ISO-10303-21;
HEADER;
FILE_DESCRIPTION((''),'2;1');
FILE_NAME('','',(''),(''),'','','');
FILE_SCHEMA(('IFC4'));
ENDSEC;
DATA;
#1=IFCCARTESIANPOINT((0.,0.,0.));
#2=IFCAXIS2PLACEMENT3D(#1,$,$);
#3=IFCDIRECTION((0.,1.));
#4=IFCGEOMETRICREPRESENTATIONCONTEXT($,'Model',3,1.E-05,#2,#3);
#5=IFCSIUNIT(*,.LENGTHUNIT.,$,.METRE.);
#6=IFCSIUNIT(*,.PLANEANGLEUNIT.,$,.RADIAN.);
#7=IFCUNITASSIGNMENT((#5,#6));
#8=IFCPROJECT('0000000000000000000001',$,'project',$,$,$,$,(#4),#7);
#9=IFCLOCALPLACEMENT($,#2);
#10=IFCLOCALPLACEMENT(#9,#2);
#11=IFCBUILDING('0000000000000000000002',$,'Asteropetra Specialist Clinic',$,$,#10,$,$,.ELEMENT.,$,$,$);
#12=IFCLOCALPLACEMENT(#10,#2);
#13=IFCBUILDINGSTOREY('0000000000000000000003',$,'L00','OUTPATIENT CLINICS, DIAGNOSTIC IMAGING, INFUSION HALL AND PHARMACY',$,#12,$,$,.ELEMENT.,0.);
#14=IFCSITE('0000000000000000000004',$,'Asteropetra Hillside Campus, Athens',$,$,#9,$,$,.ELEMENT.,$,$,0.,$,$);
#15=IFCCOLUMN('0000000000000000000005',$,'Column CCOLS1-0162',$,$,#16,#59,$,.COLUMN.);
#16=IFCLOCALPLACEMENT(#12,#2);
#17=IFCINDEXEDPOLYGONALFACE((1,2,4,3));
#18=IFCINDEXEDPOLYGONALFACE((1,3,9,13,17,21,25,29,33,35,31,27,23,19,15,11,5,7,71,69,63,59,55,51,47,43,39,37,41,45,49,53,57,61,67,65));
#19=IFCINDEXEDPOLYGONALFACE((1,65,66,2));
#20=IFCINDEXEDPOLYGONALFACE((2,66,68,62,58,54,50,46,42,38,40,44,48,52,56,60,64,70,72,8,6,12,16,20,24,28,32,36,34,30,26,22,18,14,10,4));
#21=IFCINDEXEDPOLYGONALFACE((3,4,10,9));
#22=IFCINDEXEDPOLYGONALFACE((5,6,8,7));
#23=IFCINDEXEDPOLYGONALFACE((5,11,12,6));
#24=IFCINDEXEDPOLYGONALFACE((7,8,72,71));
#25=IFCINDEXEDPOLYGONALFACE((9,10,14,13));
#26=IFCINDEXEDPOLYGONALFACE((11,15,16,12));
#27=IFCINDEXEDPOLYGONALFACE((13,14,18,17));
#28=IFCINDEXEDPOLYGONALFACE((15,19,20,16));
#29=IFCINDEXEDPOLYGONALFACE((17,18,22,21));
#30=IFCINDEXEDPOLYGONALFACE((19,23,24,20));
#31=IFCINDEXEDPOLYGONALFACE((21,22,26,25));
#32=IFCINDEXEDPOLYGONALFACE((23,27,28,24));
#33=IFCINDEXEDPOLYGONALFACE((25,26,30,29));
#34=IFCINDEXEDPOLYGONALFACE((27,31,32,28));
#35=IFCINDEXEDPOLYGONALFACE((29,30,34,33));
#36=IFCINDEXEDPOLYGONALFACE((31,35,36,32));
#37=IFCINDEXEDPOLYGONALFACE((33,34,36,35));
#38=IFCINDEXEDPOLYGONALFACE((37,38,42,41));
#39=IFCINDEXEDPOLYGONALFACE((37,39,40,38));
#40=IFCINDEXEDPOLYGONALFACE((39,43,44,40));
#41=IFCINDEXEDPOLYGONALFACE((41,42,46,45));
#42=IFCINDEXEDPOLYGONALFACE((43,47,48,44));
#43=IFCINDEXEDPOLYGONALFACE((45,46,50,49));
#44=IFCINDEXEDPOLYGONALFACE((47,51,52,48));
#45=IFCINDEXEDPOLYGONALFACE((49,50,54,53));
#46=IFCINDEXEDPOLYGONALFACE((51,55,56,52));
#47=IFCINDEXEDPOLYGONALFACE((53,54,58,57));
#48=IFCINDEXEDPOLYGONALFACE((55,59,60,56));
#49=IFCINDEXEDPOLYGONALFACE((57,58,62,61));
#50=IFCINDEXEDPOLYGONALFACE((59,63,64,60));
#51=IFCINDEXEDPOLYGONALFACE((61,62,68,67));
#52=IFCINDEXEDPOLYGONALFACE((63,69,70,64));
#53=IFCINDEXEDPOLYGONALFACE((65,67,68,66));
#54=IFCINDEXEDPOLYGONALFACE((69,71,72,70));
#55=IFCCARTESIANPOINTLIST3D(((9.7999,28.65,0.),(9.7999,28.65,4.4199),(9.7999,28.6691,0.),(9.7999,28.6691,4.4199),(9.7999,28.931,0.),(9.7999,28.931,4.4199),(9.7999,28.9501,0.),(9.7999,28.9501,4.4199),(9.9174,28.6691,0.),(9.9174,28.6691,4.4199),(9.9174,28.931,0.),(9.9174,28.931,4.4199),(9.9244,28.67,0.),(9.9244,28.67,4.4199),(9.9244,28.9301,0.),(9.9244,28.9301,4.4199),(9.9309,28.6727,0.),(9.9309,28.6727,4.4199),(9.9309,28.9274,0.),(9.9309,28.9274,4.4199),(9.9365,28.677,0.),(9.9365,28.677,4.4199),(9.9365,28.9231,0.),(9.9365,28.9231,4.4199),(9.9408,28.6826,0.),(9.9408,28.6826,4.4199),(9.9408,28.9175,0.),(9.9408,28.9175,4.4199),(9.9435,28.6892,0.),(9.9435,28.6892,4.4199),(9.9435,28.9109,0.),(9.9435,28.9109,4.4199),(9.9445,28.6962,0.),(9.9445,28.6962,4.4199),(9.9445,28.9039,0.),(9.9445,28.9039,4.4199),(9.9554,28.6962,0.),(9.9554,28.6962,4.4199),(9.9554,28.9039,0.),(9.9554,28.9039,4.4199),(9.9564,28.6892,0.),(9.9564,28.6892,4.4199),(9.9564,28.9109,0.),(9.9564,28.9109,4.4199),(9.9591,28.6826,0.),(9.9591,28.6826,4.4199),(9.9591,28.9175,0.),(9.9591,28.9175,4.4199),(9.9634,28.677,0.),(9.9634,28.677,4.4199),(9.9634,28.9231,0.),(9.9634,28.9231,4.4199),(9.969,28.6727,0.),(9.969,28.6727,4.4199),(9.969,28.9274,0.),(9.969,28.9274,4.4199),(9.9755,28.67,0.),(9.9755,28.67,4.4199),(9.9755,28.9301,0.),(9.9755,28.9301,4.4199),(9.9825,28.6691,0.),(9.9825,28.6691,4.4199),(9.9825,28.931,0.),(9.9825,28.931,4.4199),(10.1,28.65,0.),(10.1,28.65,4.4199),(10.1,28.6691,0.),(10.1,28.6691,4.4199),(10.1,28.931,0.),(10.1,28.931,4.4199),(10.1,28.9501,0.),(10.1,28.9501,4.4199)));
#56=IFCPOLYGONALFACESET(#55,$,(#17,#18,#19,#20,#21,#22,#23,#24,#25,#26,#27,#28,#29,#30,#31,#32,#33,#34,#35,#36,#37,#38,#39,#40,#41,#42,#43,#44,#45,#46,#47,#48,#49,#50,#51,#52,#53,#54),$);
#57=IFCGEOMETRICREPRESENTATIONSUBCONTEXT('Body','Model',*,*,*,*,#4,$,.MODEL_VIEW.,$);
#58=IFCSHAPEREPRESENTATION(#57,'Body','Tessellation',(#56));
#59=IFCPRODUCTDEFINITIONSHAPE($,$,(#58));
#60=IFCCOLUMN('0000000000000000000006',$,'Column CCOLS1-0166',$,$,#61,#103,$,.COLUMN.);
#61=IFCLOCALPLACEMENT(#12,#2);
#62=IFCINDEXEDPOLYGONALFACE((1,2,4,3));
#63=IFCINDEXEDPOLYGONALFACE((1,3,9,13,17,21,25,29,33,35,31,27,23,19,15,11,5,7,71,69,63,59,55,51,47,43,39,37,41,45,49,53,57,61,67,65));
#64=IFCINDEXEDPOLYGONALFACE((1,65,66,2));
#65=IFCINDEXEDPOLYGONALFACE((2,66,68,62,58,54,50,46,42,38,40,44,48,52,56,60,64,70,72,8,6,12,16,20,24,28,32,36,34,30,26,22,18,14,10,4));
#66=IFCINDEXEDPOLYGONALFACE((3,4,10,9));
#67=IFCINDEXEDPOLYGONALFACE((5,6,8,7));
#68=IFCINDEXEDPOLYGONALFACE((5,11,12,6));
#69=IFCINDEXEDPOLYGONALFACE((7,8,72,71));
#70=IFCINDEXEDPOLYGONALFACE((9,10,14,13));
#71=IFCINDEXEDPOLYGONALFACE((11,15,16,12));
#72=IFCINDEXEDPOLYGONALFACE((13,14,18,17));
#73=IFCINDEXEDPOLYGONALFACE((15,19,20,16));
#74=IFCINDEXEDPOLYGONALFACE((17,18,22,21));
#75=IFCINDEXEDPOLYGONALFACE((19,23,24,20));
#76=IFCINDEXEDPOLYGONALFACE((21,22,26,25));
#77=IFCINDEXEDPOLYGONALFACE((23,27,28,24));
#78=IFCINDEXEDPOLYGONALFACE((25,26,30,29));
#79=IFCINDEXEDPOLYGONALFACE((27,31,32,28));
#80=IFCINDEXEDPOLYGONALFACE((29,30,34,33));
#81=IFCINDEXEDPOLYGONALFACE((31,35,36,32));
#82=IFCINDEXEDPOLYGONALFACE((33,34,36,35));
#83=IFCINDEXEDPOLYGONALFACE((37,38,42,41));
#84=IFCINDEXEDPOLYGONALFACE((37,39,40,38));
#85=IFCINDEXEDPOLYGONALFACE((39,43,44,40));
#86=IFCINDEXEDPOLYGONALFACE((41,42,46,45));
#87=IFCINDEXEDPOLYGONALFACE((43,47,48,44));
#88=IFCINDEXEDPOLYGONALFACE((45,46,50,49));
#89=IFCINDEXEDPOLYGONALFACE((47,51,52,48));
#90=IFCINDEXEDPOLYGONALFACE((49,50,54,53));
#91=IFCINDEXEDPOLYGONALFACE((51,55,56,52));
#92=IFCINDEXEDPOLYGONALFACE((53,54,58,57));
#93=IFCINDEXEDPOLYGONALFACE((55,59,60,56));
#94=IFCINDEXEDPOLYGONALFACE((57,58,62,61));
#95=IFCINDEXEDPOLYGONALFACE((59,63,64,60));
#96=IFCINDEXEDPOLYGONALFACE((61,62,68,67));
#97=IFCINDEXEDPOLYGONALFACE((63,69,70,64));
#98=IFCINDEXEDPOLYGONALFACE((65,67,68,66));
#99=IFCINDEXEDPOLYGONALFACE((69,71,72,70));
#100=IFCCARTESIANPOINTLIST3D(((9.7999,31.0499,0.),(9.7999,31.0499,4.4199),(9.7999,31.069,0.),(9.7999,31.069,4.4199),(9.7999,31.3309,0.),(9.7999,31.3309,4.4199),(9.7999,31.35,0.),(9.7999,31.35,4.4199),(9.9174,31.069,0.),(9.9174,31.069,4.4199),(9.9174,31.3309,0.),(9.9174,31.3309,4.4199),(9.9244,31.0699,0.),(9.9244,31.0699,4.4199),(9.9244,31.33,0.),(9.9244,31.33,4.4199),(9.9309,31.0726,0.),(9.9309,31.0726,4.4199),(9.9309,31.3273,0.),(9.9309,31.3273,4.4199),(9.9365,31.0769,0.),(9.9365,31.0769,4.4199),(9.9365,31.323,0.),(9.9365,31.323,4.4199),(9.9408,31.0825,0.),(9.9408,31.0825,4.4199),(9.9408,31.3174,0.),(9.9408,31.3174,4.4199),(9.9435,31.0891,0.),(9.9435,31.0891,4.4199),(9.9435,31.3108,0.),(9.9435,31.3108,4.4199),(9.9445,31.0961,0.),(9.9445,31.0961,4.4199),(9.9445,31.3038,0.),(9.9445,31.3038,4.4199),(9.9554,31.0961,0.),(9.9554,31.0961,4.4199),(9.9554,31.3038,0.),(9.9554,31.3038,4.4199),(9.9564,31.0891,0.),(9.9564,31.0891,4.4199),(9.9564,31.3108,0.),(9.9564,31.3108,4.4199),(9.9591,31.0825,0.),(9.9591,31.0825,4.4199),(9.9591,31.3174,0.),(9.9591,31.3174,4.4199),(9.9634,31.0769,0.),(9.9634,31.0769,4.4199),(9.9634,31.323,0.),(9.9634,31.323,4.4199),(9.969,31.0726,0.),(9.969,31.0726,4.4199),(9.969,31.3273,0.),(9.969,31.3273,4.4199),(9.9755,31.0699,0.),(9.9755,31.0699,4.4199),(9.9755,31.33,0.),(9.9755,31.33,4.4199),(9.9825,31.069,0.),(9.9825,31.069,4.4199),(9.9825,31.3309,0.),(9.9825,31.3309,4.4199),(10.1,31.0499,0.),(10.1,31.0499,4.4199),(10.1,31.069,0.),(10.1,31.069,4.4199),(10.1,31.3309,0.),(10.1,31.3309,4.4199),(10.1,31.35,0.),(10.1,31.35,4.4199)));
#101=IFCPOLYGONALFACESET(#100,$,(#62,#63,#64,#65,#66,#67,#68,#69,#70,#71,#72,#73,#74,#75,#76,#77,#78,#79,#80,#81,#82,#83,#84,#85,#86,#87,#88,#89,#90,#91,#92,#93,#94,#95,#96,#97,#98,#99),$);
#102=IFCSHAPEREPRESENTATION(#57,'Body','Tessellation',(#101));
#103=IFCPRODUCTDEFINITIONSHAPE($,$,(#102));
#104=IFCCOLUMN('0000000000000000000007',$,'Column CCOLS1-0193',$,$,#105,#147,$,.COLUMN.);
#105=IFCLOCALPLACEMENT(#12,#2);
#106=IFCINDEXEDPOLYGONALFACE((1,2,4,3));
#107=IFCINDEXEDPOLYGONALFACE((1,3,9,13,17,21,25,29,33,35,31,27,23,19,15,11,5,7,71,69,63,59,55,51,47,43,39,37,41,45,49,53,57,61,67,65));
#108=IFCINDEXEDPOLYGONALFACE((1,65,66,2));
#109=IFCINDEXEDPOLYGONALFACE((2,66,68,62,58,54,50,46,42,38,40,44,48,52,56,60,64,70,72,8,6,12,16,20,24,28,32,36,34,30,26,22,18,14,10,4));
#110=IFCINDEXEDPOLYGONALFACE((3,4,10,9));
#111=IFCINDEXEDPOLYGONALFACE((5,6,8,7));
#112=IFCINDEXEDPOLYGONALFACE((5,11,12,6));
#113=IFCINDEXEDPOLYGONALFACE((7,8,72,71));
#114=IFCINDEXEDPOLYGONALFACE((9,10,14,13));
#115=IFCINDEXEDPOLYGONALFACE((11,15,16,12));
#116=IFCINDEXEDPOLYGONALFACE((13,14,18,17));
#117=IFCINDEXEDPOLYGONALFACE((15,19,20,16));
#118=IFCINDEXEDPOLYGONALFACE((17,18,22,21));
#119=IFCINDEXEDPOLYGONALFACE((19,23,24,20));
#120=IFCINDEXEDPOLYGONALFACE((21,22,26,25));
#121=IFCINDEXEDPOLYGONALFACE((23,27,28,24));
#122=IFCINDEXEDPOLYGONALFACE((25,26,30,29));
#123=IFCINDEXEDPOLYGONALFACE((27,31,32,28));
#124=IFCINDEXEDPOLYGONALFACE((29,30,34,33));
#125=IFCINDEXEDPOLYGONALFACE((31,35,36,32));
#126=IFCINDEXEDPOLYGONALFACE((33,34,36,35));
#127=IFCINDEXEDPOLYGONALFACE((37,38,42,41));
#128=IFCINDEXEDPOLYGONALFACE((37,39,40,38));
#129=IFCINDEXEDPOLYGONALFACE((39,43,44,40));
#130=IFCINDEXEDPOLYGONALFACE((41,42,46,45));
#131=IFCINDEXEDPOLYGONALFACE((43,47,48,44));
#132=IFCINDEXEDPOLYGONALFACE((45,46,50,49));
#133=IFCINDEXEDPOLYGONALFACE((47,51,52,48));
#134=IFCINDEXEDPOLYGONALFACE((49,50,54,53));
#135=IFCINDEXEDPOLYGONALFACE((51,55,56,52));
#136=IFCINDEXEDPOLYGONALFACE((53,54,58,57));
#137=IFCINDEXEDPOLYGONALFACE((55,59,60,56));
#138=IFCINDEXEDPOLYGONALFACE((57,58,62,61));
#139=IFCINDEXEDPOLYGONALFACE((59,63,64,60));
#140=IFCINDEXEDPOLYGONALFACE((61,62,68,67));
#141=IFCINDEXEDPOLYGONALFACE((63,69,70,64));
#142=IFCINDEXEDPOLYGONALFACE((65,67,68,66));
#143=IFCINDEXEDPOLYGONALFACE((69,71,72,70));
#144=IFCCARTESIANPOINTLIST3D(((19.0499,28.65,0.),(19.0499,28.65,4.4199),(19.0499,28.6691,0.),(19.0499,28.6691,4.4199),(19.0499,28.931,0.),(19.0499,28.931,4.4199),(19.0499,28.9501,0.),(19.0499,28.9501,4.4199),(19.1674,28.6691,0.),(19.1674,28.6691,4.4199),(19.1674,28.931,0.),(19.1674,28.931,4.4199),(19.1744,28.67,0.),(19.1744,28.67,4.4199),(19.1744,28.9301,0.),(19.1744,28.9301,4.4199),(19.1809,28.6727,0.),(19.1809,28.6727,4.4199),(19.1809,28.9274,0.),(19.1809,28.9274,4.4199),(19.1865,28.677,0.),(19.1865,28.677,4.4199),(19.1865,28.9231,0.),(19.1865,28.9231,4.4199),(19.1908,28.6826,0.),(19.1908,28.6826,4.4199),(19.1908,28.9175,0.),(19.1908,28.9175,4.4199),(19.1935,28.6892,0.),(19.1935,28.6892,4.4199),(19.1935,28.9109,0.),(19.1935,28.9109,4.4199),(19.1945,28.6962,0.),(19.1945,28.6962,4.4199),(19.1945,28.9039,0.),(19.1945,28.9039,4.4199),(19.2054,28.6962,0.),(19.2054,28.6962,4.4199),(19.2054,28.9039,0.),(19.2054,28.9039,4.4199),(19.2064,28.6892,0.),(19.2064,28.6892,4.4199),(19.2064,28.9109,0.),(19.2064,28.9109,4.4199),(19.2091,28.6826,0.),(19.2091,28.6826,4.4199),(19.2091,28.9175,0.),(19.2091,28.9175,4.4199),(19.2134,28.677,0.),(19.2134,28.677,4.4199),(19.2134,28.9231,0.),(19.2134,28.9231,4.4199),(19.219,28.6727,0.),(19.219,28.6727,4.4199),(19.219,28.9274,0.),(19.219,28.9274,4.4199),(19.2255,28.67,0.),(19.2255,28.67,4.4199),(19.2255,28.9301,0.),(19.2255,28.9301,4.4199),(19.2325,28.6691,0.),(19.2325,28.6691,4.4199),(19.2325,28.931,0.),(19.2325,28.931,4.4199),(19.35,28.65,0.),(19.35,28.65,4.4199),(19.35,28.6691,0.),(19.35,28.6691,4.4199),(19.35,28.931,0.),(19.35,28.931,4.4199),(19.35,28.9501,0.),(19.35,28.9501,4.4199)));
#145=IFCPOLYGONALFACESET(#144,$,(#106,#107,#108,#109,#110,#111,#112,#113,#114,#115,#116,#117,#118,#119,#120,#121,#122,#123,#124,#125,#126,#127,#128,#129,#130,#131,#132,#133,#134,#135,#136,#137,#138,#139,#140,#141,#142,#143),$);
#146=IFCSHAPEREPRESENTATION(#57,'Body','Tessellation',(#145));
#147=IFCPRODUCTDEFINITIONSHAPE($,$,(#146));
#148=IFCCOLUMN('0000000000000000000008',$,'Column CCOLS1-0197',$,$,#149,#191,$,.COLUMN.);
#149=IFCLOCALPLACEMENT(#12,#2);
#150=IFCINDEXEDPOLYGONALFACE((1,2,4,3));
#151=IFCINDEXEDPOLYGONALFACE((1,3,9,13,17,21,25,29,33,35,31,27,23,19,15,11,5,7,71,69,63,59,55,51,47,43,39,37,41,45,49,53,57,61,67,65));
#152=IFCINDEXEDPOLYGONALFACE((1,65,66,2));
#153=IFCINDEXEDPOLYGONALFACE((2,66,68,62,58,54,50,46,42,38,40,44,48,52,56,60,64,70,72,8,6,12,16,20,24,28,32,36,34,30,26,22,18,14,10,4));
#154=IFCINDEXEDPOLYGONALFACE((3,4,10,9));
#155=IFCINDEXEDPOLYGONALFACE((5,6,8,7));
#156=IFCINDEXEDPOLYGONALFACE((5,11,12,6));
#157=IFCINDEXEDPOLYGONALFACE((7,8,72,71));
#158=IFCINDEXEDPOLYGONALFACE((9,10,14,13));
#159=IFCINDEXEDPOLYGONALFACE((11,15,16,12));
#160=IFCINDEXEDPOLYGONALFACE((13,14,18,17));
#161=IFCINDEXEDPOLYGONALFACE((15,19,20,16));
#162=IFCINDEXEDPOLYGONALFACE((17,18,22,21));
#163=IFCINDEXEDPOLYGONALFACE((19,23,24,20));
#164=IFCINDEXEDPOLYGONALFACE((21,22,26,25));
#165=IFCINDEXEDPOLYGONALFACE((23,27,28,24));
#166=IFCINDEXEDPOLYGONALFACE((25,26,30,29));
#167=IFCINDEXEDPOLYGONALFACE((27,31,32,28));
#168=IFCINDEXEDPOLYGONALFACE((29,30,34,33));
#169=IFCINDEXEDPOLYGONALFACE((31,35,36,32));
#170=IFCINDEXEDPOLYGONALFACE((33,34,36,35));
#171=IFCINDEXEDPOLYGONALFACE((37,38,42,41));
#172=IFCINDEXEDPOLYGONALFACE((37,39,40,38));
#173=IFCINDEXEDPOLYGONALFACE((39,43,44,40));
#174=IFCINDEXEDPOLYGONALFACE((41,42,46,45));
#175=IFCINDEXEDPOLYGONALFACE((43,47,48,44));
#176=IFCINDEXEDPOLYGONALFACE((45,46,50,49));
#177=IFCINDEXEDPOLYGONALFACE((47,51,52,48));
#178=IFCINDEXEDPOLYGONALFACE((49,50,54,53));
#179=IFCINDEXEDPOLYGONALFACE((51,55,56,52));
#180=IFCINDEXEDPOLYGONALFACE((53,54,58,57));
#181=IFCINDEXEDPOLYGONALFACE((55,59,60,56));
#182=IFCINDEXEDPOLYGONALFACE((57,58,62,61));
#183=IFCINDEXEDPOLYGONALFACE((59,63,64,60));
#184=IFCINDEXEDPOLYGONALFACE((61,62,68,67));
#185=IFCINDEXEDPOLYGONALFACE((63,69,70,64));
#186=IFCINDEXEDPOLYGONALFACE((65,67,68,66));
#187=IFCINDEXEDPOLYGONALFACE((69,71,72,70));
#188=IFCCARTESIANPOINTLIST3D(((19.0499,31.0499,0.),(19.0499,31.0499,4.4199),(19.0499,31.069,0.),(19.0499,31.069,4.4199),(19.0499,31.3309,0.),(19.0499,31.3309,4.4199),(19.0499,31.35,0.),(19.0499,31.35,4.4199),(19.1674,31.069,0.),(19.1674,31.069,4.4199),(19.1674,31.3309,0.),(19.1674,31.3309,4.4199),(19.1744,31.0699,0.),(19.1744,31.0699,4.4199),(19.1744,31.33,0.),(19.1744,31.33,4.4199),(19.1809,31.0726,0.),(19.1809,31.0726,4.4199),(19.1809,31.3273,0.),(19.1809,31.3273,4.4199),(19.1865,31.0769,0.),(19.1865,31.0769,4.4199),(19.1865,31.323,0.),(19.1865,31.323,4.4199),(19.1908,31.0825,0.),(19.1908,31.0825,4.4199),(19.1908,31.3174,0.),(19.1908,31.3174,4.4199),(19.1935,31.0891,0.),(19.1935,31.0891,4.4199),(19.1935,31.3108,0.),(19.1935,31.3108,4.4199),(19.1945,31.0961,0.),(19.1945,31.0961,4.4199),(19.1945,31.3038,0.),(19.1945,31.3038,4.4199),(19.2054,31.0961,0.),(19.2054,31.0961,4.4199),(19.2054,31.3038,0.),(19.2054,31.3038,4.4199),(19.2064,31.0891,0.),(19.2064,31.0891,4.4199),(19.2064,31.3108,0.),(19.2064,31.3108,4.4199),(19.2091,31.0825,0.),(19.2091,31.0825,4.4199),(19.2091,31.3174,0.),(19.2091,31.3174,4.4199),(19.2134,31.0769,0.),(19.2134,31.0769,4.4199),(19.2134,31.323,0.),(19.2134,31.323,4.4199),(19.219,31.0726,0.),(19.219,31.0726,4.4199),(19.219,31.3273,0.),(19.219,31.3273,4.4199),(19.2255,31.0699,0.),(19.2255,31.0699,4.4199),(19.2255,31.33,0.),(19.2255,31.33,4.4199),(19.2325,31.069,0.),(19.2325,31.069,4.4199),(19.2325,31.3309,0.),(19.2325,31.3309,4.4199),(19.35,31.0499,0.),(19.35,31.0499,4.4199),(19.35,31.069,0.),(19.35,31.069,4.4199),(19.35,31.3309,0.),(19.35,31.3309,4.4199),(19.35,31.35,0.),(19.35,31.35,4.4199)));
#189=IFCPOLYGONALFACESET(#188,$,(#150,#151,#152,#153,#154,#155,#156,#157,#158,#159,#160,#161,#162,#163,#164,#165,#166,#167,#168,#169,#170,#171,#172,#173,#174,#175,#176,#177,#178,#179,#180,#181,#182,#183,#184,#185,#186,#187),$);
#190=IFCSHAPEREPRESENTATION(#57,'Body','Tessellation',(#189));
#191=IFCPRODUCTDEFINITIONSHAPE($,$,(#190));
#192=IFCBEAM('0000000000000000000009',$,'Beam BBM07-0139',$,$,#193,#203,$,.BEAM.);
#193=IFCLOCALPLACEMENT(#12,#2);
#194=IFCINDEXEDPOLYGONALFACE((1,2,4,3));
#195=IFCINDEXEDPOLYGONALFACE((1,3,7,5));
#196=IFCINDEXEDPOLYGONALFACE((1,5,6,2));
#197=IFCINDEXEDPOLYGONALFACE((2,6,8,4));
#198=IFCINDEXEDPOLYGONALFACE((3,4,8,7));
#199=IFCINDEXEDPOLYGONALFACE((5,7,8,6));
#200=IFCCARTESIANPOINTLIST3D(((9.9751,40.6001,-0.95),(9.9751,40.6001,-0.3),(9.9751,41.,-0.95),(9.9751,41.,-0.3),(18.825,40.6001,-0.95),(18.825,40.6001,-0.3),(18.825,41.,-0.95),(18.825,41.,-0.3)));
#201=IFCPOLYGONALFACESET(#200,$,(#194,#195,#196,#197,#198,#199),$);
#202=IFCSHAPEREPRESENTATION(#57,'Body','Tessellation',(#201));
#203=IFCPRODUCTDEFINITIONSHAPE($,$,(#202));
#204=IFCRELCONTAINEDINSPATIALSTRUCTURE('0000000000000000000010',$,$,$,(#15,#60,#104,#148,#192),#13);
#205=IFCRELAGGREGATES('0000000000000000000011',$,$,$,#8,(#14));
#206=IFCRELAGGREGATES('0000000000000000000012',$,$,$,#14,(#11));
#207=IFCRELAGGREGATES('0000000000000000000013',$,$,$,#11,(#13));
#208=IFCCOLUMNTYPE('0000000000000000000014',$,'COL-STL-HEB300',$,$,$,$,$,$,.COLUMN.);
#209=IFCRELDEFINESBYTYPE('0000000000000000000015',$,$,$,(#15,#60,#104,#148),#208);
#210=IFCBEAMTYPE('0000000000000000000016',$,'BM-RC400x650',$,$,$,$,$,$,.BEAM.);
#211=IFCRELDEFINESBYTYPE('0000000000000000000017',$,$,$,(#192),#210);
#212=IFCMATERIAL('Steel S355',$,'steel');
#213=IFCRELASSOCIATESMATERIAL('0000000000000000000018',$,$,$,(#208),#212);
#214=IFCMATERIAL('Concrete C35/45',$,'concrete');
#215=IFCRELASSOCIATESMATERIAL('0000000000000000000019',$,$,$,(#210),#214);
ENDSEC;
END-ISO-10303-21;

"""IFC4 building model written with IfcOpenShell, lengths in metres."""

from ifc_helpers import new_model, si_unit, direction, frame, origin, origin_2d, place, context, subcontext, project, spatial, rectangle, i_section, extrude, material, material_profile, profile_set, type_object, element, save


model = new_model("IFC4")

# Units and contexts
model_context = context("Model", 3, precision=1e-05, world=origin(), true_north=direction((0.0, 1.0)))
body_context = subcontext(model_context, "Body", "Model", "MODEL_VIEW")
ifc_project = project(units=[si_unit("LENGTHUNIT", "METRE"), si_unit("PLANEANGLEUNIT", "RADIAN")], contexts=[model_context])

# Site, building, storey
site_placement = place(None, origin())
site = spatial("IfcSite", under=ifc_project, at=site_placement, Name="Asteropetra Hillside Campus, Athens", CompositionType="ELEMENT", RefElevation=0.0)
building_placement = place(site_placement, origin())
building = spatial("IfcBuilding", under=site, at=building_placement, Name="Asteropetra Specialist Clinic", CompositionType="ELEMENT")
storey_placement = place(building_placement, origin())
storey = spatial("IfcBuildingStorey", under=building, at=storey_placement, Name="L00", Description="OUTPATIENT CLINICS, DIAGNOSTIC IMAGING, INFUSION HALL AND PHARMACY", CompositionType="ELEMENT", Elevation=0.0)

# Columns
ifc_material_1 = material(Name="Steel S355", Category="steel")
ifc_material_profile_1 = material_profile(ifc_material_1, i_section(OverallWidth=0.3, OverallDepth=0.3, WebThickness=0.011, FlangeThickness=0.019, FilletRadius=0.0271, at=origin_2d()), Name="HEB 300")
ifc_profile_set_1 = profile_set([ifc_material_profile_1], Name="Steel S355")
column_type = type_object("IfcColumnType", Name="COL-STL-HEB300", PredefinedType="COLUMN", material=ifc_profile_set_1)
for number, where, z_axis, x_axis, name in (
    (1, (9.95, 28.8, 0.0), (0.0, 0.0, 1.0), (1.0, 0.0, 0.0), "Column CCOLS1-0162"),
    (2, (9.95, 31.2, 0.0), (0.0, 0.0, 1.0), (1.0, 0.0, 0.0), "Column CCOLS1-0166"),
    (3, (19.2, 28.8, 0.0), (0.0, 0.0, 1.0), (1.0, 0.0, 0.0), "Column CCOLS1-0193"),
    (4, (19.2, 31.2, 0.0), (0.0, 0.0, 1.0), (1.0, 0.0, 0.0), "Column CCOLS1-0197"),
):
    element("IfcColumn", number, at=place(storey_placement, frame(where, z_axis=z_axis, x_axis=x_axis)), inside=storey, type_object=column_type, Name=name, PredefinedType="COLUMN", context=body_context, shape_type="SweptSolid", body=[
        extrude(i_section(OverallWidth=0.3, OverallDepth=0.3, WebThickness=0.011, FlangeThickness=0.019, FilletRadius=0.0271, at=origin_2d()), origin(), (0.0, 0.0, 1.0), 4.4199),
    ])

# Beam
ifc_material_2 = material(Name="Concrete C35/45", Category="concrete")
ifc_material_profile_2 = material_profile(ifc_material_2, rectangle(XDim=0.3999, YDim=0.6499, at=origin_2d()), Name="RCB 400x650")
ifc_profile_set_2 = profile_set([ifc_material_profile_2], Name="Concrete C35/45")
beam_type_1 = type_object("IfcBeamType", Name="BM-RC400x650", PredefinedType="BEAM", material=ifc_profile_set_2)
beam_1_placement = place(storey_placement, frame((9.9751, 40.8, -0.625), z_axis=(1.0, 0.0, 0.0), x_axis=(0.0, 1.0, 0.0)))
element("IfcBeam", 5, at=beam_1_placement, inside=storey, type_object=beam_type_1, Name="Beam BBM07-0139", PredefinedType="BEAM", context=body_context, shape_type="SweptSolid", body=[
    extrude(rectangle(XDim=0.3999, YDim=0.6499, at=origin_2d()), origin(), (0.0, 0.0, 1.0), 8.8499),
])

save(model, "model.ifc")
